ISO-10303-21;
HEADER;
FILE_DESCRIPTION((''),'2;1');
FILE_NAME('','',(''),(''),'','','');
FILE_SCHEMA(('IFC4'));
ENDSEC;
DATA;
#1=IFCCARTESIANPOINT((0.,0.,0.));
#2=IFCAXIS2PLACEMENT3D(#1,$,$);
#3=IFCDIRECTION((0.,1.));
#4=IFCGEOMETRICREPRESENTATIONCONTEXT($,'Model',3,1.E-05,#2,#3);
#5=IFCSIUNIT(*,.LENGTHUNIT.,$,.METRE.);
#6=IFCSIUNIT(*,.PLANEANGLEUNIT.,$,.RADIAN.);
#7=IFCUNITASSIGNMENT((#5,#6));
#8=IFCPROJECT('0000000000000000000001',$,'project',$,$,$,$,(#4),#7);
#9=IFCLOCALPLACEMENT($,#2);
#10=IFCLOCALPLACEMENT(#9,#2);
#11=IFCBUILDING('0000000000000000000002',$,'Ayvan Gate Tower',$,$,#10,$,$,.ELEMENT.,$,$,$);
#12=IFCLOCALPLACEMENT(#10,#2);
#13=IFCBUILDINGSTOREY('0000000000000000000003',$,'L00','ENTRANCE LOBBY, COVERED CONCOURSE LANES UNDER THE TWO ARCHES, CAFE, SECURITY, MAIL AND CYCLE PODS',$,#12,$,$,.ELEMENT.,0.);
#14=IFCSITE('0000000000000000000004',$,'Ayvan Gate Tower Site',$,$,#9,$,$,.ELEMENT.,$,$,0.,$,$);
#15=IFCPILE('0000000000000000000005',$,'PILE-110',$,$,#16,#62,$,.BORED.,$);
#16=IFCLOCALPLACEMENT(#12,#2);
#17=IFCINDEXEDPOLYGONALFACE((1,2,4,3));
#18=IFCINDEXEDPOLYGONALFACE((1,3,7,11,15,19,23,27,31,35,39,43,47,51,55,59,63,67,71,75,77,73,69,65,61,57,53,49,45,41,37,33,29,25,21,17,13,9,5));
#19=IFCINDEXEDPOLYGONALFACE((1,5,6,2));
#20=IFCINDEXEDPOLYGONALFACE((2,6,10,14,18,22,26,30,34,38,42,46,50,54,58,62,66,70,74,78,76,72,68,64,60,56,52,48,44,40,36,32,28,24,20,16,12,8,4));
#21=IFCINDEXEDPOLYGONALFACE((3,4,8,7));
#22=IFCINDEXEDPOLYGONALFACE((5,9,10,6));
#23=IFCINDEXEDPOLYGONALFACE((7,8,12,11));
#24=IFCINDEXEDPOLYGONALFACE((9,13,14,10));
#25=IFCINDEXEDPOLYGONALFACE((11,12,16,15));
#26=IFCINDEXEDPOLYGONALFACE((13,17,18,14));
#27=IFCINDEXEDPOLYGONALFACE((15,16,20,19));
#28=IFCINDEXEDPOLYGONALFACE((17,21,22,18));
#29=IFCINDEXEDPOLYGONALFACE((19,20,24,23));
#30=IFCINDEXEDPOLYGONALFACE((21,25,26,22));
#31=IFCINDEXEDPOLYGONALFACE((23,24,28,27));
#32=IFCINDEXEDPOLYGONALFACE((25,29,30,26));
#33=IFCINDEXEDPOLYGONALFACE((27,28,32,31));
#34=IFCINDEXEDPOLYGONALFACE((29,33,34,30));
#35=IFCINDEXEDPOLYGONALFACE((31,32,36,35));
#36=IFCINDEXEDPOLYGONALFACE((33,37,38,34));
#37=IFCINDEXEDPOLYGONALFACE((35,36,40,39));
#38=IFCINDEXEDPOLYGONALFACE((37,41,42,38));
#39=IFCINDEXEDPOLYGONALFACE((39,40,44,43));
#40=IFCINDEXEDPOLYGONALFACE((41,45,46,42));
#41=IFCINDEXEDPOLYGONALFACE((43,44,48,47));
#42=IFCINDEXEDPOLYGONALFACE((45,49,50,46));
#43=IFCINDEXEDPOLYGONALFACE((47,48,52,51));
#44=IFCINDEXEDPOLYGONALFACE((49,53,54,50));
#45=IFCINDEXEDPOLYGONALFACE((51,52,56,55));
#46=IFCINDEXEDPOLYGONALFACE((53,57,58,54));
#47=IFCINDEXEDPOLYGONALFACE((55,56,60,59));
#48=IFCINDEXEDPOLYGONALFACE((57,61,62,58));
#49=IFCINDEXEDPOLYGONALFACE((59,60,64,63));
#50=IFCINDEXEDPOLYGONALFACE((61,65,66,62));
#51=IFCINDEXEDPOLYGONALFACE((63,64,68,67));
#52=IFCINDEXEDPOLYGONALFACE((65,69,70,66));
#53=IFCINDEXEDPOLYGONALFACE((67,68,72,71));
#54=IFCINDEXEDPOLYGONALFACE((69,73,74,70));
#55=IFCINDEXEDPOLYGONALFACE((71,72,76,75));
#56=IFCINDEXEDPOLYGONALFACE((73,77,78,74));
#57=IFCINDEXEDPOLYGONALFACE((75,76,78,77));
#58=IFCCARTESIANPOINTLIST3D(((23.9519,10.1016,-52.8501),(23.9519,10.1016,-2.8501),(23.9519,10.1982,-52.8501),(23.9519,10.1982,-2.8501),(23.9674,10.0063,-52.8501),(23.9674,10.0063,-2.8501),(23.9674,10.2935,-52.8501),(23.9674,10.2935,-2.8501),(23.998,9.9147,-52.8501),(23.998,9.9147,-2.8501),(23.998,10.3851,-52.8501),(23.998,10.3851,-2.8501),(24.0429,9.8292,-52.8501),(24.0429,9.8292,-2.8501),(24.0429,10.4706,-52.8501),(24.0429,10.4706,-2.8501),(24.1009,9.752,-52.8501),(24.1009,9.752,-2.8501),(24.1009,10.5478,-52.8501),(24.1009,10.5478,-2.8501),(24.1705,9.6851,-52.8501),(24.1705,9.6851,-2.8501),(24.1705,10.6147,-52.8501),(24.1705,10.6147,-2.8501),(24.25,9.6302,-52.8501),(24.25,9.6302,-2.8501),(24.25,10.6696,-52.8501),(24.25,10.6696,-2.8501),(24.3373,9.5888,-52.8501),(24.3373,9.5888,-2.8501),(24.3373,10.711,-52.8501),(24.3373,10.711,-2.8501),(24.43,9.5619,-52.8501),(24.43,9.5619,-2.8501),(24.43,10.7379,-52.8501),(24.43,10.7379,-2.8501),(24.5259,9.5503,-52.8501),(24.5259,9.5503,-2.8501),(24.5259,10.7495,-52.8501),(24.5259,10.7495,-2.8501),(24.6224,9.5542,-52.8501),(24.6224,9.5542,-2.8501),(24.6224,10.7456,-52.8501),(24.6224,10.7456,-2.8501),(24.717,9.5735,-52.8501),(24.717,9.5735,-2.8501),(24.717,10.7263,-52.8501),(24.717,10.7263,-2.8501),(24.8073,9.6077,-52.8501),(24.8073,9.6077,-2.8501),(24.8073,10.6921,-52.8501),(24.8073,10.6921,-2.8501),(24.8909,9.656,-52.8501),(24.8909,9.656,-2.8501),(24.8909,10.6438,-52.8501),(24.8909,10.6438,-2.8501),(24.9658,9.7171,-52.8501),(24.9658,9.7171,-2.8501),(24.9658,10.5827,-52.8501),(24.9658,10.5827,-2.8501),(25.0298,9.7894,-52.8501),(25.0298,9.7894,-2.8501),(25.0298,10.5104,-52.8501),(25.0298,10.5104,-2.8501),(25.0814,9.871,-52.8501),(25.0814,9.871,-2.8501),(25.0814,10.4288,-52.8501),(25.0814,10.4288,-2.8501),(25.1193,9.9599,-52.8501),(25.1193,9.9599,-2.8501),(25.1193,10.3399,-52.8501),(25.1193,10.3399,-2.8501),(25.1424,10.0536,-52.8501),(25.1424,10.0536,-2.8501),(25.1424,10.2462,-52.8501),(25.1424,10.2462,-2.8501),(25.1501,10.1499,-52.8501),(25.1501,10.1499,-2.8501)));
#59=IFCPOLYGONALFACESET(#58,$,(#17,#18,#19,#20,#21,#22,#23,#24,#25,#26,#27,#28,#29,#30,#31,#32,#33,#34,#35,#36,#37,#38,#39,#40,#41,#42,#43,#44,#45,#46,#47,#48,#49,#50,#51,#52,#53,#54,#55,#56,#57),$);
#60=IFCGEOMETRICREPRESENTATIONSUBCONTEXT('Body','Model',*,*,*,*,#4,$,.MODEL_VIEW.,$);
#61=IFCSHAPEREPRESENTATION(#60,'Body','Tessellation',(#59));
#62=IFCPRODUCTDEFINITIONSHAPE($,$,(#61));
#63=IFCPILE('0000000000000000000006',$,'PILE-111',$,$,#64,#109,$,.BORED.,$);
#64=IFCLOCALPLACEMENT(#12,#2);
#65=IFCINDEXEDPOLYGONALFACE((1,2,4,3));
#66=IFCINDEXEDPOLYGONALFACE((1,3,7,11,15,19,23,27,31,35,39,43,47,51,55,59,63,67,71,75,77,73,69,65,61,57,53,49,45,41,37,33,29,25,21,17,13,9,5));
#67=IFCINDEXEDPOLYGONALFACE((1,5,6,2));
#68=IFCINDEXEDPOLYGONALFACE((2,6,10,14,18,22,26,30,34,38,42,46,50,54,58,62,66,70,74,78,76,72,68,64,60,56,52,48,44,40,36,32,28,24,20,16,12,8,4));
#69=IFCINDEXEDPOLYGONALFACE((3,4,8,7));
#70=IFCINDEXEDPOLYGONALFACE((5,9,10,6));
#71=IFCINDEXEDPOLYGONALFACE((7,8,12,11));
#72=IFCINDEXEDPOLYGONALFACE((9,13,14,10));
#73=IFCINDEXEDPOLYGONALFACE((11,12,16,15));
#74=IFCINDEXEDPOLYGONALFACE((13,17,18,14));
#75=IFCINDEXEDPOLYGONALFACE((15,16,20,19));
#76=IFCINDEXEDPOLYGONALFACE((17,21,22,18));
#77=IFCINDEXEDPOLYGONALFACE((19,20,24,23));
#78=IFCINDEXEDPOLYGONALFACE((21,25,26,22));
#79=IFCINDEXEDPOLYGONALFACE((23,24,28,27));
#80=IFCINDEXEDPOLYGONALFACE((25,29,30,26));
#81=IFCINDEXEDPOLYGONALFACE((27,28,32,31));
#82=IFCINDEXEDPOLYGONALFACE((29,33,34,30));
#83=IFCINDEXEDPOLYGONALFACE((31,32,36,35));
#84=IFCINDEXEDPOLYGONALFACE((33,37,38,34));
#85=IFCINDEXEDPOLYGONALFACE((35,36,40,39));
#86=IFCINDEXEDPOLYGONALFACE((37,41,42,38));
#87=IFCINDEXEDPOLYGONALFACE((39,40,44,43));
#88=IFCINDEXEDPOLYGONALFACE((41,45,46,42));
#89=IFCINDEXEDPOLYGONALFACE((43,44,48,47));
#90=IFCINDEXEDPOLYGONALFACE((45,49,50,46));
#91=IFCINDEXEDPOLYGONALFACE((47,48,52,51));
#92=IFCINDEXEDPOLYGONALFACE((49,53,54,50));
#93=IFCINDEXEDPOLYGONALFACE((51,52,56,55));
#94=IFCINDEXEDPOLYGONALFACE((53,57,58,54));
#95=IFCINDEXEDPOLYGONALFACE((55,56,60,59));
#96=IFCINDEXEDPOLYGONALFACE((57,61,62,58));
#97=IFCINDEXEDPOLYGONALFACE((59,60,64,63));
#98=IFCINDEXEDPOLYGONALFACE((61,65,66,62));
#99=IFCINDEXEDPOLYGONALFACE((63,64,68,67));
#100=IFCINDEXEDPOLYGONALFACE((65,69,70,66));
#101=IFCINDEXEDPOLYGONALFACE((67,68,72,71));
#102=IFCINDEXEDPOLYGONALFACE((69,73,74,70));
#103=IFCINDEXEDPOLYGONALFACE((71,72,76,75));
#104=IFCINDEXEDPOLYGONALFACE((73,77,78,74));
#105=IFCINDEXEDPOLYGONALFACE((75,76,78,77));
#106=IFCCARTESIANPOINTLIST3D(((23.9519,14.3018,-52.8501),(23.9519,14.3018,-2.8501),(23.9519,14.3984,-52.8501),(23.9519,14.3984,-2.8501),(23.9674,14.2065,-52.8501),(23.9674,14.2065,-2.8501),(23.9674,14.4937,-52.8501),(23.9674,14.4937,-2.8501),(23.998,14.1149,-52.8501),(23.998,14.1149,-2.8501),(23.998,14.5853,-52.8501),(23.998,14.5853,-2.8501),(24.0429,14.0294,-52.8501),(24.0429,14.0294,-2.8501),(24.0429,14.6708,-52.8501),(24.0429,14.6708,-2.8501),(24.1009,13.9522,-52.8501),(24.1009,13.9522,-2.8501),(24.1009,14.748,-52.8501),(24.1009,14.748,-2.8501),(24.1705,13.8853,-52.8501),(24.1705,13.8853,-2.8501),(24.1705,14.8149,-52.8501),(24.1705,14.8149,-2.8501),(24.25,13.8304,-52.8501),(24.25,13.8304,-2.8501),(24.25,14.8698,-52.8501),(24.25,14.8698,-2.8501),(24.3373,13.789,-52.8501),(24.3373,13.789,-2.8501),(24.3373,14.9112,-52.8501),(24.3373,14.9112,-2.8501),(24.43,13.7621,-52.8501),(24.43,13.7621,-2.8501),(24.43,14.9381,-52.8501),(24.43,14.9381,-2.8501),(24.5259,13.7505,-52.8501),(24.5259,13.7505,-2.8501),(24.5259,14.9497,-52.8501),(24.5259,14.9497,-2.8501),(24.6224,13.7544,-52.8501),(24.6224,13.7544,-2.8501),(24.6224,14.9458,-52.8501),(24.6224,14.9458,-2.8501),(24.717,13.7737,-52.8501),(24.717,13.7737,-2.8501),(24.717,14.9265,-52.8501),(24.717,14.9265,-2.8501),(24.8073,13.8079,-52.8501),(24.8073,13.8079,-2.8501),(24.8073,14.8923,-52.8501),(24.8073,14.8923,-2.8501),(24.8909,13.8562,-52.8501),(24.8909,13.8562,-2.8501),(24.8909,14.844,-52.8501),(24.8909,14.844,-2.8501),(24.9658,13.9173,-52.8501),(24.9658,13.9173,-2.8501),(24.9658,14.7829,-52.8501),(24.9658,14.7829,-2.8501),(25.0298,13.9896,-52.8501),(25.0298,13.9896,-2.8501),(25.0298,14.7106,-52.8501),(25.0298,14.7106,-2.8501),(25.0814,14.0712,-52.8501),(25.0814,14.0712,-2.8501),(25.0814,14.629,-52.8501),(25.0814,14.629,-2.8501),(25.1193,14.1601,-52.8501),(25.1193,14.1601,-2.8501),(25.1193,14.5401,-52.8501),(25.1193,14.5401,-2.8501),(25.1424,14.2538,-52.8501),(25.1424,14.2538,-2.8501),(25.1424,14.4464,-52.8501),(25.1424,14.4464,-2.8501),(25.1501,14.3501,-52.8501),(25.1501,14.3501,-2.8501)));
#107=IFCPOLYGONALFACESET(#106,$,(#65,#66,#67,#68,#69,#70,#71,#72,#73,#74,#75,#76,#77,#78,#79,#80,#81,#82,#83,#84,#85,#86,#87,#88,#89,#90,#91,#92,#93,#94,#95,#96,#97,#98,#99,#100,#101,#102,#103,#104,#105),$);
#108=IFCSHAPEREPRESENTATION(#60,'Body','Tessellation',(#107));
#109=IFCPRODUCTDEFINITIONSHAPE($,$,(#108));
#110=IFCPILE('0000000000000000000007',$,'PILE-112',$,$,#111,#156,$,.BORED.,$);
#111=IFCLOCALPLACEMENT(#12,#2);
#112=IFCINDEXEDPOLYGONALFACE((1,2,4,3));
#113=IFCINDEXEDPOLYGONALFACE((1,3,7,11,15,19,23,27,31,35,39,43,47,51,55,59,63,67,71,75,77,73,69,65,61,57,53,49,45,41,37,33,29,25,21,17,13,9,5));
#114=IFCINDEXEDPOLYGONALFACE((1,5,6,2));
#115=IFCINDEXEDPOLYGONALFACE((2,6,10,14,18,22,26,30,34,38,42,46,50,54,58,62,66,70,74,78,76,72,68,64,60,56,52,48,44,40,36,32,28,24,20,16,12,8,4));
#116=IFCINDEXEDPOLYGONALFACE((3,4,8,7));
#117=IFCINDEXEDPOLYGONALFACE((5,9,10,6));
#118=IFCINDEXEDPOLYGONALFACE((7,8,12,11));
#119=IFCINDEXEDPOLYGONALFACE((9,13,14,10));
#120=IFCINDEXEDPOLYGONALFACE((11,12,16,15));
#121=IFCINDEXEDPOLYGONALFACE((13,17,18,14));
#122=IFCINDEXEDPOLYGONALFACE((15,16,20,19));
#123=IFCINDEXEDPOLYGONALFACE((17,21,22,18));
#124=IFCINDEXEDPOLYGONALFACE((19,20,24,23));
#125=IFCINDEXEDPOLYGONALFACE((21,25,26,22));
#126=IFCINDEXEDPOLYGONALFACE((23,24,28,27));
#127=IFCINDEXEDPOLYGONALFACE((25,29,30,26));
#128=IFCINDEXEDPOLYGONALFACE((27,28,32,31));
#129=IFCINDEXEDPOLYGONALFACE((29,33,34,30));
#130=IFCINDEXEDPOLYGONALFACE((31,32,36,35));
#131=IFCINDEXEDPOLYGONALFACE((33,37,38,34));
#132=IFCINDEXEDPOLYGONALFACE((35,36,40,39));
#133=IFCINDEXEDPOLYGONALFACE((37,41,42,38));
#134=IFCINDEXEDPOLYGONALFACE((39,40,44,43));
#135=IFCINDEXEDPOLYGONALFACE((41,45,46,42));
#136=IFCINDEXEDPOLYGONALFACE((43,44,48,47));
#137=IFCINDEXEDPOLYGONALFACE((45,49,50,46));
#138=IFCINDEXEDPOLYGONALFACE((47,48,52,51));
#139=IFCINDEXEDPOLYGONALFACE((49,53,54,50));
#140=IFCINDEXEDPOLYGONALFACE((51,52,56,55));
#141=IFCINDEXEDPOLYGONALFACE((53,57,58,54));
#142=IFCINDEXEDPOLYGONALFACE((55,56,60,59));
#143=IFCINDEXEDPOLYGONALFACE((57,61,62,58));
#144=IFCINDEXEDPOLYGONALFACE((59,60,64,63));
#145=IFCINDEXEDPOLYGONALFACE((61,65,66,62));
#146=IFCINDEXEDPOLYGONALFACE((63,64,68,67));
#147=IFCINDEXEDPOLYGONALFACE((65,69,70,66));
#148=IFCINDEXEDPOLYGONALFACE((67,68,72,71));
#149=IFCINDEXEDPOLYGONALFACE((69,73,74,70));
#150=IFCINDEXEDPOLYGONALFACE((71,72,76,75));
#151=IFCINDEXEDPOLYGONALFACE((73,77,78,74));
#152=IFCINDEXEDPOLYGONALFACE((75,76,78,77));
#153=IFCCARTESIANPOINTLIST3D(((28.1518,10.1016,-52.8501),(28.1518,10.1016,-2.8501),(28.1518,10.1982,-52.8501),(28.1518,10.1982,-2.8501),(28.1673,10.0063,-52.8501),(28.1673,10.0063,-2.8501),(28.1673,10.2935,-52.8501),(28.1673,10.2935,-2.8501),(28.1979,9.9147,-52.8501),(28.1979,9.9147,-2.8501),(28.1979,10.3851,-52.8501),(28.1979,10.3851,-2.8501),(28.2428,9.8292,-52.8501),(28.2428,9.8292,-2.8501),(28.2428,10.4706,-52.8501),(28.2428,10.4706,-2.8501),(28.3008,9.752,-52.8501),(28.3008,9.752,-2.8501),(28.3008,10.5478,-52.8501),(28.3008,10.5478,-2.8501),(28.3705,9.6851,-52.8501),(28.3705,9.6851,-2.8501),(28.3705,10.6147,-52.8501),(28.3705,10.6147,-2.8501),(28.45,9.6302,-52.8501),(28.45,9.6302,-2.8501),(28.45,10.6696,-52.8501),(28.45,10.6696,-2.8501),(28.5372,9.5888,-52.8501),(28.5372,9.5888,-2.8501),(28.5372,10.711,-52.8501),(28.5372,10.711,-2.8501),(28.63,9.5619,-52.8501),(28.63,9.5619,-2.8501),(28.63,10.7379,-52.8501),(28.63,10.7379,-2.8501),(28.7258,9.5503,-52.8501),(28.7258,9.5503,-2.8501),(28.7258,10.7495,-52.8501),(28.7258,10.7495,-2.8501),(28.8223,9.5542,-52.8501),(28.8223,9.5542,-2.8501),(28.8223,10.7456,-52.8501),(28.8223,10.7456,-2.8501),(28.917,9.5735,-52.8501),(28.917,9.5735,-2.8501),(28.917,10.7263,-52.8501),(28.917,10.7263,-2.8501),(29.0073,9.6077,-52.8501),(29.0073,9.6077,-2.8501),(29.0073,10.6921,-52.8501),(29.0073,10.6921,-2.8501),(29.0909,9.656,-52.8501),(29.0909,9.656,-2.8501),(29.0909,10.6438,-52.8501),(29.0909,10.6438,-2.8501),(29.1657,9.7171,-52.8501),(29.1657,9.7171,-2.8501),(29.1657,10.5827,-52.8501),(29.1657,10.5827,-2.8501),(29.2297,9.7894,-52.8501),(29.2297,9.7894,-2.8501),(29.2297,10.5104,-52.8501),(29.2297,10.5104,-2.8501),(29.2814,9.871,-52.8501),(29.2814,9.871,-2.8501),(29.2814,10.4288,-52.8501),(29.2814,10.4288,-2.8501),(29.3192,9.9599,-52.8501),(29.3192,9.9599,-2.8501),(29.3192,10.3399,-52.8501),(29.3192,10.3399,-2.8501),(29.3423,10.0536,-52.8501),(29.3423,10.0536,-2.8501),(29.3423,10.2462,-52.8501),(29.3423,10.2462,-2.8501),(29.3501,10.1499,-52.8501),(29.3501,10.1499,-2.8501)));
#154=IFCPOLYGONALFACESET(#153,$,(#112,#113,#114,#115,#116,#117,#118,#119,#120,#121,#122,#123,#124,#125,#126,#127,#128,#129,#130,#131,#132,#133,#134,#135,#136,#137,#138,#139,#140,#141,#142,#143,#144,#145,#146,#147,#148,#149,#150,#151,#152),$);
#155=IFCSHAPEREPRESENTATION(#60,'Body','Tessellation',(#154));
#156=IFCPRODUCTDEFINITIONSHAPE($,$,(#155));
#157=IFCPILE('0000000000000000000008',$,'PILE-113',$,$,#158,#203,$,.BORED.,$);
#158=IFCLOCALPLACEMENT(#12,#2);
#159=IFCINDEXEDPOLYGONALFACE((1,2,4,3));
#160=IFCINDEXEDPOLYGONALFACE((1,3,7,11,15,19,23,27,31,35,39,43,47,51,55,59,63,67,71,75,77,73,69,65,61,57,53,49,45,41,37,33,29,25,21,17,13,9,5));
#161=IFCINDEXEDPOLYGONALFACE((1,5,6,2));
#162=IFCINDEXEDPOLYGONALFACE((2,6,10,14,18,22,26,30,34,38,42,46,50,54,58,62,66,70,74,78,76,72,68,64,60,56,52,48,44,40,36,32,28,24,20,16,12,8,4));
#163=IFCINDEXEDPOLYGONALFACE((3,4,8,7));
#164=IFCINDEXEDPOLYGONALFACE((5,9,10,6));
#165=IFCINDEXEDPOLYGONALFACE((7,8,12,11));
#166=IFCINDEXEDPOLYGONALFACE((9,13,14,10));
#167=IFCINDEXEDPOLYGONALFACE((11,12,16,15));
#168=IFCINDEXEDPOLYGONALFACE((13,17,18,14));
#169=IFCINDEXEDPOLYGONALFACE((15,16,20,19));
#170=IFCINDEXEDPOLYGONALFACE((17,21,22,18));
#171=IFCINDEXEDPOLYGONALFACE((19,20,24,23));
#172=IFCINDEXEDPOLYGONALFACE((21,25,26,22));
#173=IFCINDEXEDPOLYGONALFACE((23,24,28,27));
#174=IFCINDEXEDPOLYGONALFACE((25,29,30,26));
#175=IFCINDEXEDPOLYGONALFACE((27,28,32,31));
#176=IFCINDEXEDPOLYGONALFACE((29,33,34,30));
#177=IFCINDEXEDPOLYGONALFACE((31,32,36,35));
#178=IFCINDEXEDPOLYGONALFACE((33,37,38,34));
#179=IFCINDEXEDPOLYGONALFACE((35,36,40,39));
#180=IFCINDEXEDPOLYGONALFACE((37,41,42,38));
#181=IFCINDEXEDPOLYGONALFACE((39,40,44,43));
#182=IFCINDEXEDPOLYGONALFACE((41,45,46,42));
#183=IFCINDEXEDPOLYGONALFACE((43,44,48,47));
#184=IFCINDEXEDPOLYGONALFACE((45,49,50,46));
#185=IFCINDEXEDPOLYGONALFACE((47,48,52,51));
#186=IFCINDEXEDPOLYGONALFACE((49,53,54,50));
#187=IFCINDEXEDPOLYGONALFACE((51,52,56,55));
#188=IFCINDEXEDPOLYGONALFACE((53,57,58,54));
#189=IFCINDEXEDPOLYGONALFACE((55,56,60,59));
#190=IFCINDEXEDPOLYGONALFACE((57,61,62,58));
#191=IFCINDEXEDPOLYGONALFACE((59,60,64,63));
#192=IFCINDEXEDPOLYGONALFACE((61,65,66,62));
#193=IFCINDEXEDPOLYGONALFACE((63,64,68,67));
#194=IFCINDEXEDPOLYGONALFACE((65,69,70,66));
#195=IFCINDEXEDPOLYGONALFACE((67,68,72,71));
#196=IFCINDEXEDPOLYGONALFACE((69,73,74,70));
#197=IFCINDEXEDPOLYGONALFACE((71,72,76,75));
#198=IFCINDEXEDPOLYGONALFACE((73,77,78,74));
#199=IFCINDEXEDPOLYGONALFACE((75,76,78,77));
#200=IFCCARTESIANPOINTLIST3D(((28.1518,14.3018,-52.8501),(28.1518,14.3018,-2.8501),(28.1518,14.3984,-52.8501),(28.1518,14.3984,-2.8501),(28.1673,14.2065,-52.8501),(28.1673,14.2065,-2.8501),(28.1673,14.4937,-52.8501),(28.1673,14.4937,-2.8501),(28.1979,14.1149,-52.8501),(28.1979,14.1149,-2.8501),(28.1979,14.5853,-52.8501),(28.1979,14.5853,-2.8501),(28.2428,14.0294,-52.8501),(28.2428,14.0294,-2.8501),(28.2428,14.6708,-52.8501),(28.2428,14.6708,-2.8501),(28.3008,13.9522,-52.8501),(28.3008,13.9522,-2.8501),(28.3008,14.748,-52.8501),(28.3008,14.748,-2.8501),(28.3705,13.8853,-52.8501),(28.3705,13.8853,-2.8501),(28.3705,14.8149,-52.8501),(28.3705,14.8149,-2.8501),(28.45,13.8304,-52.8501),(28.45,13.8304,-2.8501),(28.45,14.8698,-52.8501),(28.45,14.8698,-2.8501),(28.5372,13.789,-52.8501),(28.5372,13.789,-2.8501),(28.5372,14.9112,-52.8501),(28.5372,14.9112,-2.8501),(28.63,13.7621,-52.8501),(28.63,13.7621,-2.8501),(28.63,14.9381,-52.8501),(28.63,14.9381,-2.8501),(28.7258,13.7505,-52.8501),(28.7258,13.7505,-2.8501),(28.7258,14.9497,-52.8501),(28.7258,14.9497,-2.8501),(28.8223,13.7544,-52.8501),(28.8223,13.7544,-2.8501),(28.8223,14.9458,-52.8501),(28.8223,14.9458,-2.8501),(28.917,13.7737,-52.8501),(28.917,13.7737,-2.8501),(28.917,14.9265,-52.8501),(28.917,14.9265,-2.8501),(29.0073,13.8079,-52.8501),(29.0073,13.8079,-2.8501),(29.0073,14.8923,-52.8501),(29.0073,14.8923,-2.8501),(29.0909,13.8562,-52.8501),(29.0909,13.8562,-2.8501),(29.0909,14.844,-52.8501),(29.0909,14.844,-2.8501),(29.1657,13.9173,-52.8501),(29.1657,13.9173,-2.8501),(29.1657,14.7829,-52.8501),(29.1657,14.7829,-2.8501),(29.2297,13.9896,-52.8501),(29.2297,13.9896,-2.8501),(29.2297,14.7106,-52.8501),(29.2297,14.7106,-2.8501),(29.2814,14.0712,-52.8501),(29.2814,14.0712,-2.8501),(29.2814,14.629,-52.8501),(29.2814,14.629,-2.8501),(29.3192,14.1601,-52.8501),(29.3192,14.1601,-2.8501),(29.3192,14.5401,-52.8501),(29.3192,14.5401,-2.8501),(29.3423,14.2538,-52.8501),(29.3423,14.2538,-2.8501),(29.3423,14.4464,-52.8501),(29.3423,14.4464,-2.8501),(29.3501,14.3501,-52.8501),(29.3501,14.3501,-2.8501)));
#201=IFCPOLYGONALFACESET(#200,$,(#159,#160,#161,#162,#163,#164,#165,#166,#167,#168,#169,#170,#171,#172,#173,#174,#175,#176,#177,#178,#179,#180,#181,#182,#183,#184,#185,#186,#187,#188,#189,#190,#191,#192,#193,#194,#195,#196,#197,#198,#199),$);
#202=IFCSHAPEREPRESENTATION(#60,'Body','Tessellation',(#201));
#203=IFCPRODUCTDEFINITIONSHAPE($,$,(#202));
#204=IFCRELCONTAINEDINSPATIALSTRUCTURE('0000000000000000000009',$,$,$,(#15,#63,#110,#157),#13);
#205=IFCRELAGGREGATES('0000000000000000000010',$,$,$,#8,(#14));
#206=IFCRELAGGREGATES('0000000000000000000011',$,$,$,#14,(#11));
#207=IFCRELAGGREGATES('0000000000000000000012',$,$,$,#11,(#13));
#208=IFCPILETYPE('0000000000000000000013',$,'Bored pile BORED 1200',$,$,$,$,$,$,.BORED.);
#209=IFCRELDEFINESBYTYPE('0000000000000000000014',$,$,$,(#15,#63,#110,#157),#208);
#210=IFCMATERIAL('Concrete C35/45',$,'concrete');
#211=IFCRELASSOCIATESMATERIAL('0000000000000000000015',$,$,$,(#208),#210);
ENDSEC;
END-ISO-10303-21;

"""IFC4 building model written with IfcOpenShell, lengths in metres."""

from ifc_helpers import new_model, si_unit, direction, frame, origin, origin_2d, place, context, subcontext, project, spatial, circle, extrude, material, material_profile, profile_set, type_object, element, save


model = new_model("IFC4")

# Units and contexts
model_context = context("Model", 3, precision=1e-05, world=origin(), true_north=direction((0.0, 1.0)))
body_context = subcontext(model_context, "Body", "Model", "MODEL_VIEW")
ifc_project = project(units=[si_unit("LENGTHUNIT", "METRE"), si_unit("PLANEANGLEUNIT", "RADIAN")], contexts=[model_context])

# Site, building, storey
site_placement = place(None, origin())
site = spatial("IfcSite", under=ifc_project, at=site_placement, Name="Ayvan Gate Tower Site", CompositionType="ELEMENT", RefElevation=0.0)
building_placement = place(site_placement, origin())
building = spatial("IfcBuilding", under=site, at=building_placement, Name="Ayvan Gate Tower", CompositionType="ELEMENT")
storey_placement = place(building_placement, origin())
storey = spatial("IfcBuildingStorey", under=building, at=storey_placement, Name="L00", Description="ENTRANCE LOBBY, COVERED CONCOURSE LANES UNDER THE TWO ARCHES, CAFE, SECURITY, MAIL AND CYCLE PODS", CompositionType="ELEMENT", Elevation=0.0)

# Piles
ifc_material_1 = material(Name="Concrete C35/45", Category="concrete")
ifc_material_profile_1 = material_profile(ifc_material_1, circle(Radius=0.6001, at=origin_2d()), Name="BORED 1200")
ifc_profile_set_1 = profile_set([ifc_material_profile_1], Name="Concrete C35/45")
pile_type = type_object("IfcPileType", Name="Bored pile BORED 1200", PredefinedType="BORED", material=ifc_profile_set_1)
for number, where, z_axis, x_axis, name in (
    (1, (24.55, 10.1499, -2.8501), (0.0, 0.0, -1.0), (1.0, 0.0, 0.0), "PILE-110"),
    (2, (24.55, 14.3501, -2.8501), (0.0, 0.0, -1.0), (1.0, 0.0, 0.0), "PILE-111"),
    (3, (28.75, 10.1499, -2.8501), (0.0, 0.0, -1.0), (1.0, 0.0, 0.0), "PILE-112"),
    (4, (28.75, 14.3501, -2.8501), (0.0, 0.0, -1.0), (1.0, 0.0, 0.0), "PILE-113"),
):
    element("IfcPile", number, at=place(storey_placement, frame(where, z_axis=z_axis, x_axis=x_axis)), inside=storey, type_object=pile_type, Name=name, PredefinedType="BORED", context=body_context, shape_type="SweptSolid", body=[
        extrude(circle(Radius=0.6001, at=origin_2d()), origin(), (0.0, 0.0, 1.0), 50.0),
    ])

save(model, "model.ifc")
